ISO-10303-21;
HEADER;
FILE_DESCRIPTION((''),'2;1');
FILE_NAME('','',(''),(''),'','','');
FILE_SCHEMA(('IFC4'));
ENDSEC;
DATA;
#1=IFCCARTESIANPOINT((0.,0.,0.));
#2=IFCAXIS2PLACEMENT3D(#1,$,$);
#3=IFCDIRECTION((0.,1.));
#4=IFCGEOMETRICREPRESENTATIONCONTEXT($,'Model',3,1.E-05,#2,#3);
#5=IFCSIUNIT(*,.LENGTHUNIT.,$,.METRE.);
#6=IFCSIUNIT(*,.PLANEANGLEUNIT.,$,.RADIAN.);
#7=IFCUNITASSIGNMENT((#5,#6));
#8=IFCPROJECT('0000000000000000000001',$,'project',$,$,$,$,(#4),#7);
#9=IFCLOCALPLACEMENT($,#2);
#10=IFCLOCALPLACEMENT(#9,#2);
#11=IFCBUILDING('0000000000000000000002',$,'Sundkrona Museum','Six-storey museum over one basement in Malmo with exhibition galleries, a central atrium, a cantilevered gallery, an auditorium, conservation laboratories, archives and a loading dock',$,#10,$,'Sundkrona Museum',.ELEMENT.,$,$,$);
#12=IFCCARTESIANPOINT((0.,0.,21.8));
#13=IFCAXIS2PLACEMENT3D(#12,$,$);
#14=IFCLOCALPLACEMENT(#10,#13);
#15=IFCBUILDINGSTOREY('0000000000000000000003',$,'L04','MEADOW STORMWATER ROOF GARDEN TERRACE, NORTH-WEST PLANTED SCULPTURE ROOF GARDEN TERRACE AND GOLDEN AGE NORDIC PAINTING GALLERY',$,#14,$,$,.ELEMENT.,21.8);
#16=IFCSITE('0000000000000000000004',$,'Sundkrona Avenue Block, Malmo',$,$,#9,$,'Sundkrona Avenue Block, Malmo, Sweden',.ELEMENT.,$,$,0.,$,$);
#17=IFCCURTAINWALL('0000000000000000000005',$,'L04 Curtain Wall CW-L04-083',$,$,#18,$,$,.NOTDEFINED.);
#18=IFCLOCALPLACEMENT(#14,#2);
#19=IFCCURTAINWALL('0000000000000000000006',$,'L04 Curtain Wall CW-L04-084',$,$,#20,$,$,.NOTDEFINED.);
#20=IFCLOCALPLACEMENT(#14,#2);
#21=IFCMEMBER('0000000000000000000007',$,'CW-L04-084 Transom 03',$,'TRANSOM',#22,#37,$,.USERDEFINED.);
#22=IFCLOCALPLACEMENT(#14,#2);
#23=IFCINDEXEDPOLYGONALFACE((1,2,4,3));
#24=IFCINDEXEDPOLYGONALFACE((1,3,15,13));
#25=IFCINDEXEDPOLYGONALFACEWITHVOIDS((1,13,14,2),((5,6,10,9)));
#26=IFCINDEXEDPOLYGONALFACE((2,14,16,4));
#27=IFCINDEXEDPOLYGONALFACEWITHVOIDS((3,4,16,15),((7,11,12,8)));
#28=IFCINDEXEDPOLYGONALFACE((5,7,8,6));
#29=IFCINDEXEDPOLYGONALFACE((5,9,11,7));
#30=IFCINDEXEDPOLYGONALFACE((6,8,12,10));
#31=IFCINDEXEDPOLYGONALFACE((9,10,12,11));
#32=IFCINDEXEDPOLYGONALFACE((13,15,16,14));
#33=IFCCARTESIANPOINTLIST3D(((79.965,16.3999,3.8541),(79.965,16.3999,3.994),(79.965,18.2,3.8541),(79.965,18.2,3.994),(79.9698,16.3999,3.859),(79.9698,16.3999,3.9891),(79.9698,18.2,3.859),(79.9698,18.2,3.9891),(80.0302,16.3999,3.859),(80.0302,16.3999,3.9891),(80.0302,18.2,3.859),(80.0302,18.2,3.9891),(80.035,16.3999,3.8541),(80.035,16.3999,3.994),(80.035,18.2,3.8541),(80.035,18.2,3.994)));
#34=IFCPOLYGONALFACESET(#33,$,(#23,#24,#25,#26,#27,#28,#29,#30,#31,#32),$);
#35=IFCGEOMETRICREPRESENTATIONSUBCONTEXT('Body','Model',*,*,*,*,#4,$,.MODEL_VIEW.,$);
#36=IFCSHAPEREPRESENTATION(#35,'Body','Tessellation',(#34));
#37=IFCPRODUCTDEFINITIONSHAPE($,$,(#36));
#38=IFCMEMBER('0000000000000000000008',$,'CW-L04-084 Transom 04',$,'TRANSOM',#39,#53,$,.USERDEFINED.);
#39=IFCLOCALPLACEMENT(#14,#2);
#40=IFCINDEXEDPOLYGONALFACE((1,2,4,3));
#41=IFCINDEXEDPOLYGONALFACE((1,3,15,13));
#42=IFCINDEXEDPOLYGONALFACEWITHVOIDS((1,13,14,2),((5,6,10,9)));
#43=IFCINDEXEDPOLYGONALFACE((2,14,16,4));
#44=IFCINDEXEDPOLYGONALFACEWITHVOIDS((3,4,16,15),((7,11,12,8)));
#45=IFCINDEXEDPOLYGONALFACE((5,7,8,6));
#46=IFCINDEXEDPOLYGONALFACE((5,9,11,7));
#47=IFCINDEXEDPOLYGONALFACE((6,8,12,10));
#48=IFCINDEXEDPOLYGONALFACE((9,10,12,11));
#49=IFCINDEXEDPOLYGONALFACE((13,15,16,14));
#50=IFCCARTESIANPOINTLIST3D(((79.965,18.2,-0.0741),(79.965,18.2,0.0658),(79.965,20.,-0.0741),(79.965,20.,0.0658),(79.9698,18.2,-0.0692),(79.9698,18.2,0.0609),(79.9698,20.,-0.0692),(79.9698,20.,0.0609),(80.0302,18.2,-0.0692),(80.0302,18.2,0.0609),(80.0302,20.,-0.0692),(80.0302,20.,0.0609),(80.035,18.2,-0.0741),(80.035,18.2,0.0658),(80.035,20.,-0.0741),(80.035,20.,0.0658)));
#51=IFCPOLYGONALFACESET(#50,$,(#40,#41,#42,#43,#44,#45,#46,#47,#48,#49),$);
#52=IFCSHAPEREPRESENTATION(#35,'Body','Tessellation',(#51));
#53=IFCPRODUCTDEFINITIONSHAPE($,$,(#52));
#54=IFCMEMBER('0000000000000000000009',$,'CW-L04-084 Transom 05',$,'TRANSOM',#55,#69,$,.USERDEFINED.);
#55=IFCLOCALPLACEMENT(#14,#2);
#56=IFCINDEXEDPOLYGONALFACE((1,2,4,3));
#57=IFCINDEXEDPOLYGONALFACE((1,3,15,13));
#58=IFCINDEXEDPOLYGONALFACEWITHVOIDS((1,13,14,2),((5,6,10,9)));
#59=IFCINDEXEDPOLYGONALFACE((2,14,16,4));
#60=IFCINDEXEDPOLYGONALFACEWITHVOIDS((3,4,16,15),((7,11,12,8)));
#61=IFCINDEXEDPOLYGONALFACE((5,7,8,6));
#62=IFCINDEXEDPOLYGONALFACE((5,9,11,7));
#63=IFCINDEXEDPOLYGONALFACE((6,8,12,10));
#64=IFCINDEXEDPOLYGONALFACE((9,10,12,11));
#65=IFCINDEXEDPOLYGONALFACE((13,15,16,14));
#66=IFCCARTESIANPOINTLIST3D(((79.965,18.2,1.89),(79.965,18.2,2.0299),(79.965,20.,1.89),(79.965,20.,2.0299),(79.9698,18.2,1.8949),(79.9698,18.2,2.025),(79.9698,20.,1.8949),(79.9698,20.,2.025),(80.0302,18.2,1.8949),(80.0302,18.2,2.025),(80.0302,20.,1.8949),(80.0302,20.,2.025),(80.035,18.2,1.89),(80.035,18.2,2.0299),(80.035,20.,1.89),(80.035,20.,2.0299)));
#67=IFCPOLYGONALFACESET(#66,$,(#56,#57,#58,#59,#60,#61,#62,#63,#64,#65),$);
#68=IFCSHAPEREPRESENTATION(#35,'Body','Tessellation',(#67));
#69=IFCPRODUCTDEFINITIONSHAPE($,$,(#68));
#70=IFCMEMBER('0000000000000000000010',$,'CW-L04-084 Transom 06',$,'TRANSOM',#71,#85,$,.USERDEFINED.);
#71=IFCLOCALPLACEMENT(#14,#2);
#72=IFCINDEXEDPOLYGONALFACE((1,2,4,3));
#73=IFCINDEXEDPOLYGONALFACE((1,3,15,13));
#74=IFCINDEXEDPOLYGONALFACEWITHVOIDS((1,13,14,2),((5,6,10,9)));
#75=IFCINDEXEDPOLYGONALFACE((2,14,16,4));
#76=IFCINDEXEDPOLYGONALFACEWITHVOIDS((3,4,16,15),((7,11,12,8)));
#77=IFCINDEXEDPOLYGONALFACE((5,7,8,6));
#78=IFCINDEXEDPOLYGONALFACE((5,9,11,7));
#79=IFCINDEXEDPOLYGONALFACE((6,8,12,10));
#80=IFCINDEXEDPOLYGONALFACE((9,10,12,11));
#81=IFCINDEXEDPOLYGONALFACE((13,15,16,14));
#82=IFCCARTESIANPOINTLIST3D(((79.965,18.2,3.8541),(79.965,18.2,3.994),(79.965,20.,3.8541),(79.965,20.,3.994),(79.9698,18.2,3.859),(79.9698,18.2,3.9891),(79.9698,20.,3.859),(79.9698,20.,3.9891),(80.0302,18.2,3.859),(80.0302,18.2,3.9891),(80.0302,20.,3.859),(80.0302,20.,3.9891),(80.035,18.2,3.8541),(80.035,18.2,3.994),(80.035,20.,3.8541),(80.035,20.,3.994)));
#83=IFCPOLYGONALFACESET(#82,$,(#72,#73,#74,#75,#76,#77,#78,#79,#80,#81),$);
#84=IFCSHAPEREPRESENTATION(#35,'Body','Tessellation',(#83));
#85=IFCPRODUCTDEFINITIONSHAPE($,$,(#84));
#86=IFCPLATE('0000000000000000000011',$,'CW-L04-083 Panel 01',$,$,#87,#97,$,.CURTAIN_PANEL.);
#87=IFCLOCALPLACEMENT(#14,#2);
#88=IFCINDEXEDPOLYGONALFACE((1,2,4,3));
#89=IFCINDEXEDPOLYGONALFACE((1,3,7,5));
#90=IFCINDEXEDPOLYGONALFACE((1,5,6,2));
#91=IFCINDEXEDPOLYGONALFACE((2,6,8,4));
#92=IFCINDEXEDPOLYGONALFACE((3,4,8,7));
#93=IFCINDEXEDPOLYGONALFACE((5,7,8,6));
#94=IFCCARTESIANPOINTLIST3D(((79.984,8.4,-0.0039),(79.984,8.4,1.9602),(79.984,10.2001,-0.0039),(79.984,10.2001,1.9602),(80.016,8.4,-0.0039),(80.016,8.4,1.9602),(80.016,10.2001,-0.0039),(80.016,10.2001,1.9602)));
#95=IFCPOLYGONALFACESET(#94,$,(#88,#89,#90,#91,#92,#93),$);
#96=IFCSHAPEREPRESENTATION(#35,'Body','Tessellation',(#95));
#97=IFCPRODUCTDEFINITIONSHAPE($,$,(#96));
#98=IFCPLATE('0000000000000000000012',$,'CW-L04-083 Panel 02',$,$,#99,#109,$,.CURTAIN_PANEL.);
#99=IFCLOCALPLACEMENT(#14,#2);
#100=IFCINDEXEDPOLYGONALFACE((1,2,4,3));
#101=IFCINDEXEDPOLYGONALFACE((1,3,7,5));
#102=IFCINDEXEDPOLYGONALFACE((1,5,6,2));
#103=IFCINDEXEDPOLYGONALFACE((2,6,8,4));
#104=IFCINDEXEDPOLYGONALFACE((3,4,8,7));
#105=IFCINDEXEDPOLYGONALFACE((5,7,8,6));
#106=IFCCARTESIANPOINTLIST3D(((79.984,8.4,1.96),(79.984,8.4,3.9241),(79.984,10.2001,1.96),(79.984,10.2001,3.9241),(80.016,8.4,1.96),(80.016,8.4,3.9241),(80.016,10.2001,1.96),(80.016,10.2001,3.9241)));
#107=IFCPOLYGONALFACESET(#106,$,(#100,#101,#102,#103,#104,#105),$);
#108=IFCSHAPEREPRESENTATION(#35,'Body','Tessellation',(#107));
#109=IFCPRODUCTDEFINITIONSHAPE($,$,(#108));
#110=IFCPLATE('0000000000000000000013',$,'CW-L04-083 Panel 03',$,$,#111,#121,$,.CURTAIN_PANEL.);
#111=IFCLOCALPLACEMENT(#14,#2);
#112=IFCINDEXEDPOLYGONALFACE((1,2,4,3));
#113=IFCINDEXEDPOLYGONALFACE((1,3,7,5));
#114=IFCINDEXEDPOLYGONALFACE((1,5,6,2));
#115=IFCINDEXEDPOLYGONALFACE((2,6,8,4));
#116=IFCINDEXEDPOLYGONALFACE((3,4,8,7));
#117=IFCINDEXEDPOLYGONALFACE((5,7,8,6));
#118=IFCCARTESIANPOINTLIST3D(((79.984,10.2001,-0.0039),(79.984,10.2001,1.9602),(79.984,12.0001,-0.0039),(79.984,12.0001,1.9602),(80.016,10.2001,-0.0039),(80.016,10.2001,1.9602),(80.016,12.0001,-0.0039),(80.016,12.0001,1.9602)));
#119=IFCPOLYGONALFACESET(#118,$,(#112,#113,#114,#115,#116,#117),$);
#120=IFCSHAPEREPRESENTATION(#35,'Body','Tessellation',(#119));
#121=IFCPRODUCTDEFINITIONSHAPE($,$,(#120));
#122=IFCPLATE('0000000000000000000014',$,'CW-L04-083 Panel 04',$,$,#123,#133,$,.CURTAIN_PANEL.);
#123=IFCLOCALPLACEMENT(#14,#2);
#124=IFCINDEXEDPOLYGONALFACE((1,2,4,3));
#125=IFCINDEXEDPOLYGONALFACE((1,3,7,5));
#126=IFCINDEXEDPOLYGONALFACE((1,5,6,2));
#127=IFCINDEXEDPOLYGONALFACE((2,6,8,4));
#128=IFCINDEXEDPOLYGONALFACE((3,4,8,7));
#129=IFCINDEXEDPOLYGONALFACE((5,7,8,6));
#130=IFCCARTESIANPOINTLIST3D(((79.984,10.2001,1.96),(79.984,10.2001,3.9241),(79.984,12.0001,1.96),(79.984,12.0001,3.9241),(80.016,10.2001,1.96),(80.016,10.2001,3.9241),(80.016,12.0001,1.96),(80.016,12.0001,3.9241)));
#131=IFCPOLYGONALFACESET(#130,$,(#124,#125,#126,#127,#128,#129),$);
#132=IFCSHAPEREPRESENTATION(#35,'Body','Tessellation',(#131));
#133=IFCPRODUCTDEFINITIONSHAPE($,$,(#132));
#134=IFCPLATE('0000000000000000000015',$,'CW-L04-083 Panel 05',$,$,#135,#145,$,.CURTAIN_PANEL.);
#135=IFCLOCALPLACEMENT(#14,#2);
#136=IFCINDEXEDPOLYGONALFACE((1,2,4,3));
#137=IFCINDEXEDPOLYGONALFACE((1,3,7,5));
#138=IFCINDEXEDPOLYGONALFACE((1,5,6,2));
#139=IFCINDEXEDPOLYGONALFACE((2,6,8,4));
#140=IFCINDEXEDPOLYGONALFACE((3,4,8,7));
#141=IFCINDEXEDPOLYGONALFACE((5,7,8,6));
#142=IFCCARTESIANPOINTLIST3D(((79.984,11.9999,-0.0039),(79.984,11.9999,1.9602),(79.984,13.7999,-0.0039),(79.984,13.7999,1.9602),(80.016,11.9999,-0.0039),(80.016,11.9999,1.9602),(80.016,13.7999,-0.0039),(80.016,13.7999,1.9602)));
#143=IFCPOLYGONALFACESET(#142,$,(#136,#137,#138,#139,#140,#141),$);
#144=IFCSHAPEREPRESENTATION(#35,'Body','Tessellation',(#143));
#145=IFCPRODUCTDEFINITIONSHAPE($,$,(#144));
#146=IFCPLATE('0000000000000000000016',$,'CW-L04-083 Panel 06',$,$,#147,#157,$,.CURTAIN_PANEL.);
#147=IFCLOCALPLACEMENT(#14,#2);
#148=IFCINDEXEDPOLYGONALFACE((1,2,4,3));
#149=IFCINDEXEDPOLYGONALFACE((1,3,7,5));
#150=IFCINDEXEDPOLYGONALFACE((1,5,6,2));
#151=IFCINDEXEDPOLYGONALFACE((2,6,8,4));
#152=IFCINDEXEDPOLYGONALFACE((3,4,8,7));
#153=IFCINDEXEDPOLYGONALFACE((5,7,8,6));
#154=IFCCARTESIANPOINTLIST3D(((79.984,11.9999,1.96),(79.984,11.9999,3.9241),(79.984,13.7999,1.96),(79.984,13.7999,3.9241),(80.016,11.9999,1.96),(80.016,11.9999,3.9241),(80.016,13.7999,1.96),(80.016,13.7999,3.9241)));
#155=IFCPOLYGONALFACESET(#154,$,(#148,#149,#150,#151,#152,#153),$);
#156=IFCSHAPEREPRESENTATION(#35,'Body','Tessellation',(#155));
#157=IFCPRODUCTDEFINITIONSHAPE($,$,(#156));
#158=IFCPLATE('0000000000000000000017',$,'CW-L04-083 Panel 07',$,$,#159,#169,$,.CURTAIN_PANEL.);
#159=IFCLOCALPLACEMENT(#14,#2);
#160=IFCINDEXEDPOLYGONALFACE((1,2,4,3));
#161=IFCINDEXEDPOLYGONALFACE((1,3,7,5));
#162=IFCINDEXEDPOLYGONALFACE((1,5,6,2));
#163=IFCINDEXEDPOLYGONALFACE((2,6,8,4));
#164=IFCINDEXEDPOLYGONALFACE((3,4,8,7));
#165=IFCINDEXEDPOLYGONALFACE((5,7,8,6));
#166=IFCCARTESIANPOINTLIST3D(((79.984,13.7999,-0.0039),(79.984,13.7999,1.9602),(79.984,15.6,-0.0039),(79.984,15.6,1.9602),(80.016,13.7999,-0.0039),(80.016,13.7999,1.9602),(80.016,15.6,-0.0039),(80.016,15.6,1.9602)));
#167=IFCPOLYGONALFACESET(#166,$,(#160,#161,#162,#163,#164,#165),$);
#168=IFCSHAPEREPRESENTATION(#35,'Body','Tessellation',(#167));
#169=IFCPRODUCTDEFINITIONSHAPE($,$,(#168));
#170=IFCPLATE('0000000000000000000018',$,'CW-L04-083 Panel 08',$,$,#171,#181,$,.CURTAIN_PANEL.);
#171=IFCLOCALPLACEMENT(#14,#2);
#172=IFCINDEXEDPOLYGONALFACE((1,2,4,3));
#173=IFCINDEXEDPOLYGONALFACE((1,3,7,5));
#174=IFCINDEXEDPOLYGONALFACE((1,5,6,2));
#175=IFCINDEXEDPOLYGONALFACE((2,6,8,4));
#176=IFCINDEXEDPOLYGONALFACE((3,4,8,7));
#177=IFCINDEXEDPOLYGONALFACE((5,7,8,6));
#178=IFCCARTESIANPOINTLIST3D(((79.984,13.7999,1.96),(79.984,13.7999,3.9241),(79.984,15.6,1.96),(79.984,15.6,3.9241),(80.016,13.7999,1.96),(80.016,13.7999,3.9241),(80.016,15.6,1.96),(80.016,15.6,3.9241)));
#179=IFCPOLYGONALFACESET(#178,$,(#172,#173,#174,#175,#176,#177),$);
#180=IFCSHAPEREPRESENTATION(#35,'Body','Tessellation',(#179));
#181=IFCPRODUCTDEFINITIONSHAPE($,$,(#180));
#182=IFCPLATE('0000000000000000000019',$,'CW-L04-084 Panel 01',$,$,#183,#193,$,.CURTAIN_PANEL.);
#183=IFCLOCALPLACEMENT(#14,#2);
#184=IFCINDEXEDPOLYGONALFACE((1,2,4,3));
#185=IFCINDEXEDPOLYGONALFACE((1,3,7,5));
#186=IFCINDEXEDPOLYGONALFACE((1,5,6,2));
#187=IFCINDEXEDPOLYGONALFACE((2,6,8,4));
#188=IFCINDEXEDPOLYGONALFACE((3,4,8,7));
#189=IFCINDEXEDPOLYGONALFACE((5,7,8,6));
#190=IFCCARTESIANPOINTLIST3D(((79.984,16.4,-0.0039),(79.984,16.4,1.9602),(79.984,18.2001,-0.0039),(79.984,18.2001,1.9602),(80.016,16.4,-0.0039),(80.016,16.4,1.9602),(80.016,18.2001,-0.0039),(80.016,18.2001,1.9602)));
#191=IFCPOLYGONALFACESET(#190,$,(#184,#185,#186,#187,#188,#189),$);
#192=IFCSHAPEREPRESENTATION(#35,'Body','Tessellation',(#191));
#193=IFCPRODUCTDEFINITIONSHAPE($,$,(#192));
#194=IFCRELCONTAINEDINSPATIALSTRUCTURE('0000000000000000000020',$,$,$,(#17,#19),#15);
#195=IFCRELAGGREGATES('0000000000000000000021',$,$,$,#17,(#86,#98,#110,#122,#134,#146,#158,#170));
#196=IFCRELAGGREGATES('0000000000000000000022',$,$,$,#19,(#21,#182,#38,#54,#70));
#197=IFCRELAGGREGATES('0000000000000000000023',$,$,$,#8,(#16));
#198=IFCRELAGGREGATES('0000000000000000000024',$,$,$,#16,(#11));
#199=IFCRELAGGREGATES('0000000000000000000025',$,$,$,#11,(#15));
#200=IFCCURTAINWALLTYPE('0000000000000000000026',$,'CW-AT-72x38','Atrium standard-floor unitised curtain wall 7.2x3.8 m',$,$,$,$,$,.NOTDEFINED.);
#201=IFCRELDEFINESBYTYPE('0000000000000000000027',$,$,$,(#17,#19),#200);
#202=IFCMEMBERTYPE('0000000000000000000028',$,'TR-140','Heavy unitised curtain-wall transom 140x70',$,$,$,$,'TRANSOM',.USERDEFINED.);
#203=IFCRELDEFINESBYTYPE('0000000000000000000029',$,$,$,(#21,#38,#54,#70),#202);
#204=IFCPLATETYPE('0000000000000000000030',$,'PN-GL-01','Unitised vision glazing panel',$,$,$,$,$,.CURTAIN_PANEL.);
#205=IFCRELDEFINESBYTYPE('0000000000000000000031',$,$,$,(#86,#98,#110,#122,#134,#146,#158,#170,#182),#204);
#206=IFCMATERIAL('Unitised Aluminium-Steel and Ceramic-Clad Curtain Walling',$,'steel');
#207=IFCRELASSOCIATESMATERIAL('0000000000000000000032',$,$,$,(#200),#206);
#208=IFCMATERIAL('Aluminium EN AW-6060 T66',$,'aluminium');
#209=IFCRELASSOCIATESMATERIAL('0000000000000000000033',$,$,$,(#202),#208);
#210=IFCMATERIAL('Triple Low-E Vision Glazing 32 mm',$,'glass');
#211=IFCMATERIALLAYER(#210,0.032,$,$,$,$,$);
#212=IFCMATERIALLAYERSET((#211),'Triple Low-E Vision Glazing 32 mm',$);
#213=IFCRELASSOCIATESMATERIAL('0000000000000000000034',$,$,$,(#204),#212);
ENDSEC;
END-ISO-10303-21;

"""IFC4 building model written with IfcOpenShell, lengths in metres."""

from ifc_helpers import new_model, si_unit, direction, frame, origin, origin_2d, place, context, subcontext, project, spatial, rectangle, hollow_rectangle, extrude, material, layer, layer_set, material_profile, profile_set, type_object, element, aggregate, save


model = new_model("IFC4")

# Units and contexts
model_context = context("Model", 3, precision=1e-05, world=origin(), true_north=direction((0.0, 1.0)))
body_context = subcontext(model_context, "Body", "Model", "MODEL_VIEW")
ifc_project = project(units=[si_unit("LENGTHUNIT", "METRE"), si_unit("PLANEANGLEUNIT", "RADIAN")], contexts=[model_context])

# Site, building, storey
site_placement = place(None, origin())
site = spatial("IfcSite", under=ifc_project, at=site_placement, Name="Sundkrona Avenue Block, Malmo", LongName="Sundkrona Avenue Block, Malmo, Sweden", CompositionType="ELEMENT", RefElevation=0.0)
building_placement = place(site_placement, origin())
building = spatial("IfcBuilding", under=site, at=building_placement, Name="Sundkrona Museum", Description="Six-storey museum over one basement in Malmo with exhibition galleries, a central atrium, a cantilevered gallery, an auditorium, conservation laboratories, archives and a loading dock", LongName="Sundkrona Museum", CompositionType="ELEMENT")
storey_placement = place(building_placement, frame((0.0, 0.0, 21.8)))
storey = spatial("IfcBuildingStorey", under=building, at=storey_placement, Name="L04", Description="MEADOW STORMWATER ROOF GARDEN TERRACE, NORTH-WEST PLANTED SCULPTURE ROOF GARDEN TERRACE AND GOLDEN AGE NORDIC PAINTING GALLERY", CompositionType="ELEMENT", Elevation=21.8)

# Curtain walls
ifc_material_1 = material(Name="Unitised Aluminium-Steel and Ceramic-Clad Curtain Walling", Category="steel")
curtain_wall_type = type_object("IfcCurtainWallType", Name="CW-AT-72x38", Description="Atrium standard-floor unitised curtain wall 7.2x3.8 m", PredefinedType="NOTDEFINED", material=ifc_material_1)
curtain_wall_1_placement = place(storey_placement, origin())
curtain_wall_1 = element("IfcCurtainWall", 1, at=curtain_wall_1_placement, inside=storey, type_object=curtain_wall_type, Name="L04 Curtain Wall CW-L04-083", PredefinedType="NOTDEFINED")
ifc_material_2 = material(Name="Aluminium EN AW-6060 T66", Category="aluminium")
curtain_wall_2_placement = place(storey_placement, origin())
curtain_wall_2 = element("IfcCurtainWall", 2, at=curtain_wall_2_placement, inside=storey, type_object=curtain_wall_type, Name="L04 Curtain Wall CW-L04-084", PredefinedType="NOTDEFINED")

# Members
ifc_material_profile_1 = material_profile(ifc_material_2, hollow_rectangle(XDim=0.0701, YDim=0.1399, WallThickness=0.0049, at=origin_2d()), Name="RHS 140x70x5.0")
ifc_profile_set_1 = profile_set([ifc_material_profile_1], Name="Aluminium EN AW-6060 T66")
member_type_1 = type_object("IfcMemberType", Name="TR-140", Description="Heavy unitised curtain-wall transom 140x70", ElementType="TRANSOM", PredefinedType="USERDEFINED", material=ifc_profile_set_1)
member_1_placement = place(storey_placement, frame((80.0, 16.3999, 3.9241), z_axis=(0.0, 1.0, 0.0), x_axis=(-1.0, 0.0, 0.0)))
member_1 = element("IfcMember", 3, at=member_1_placement, type_object=member_type_1, Name="CW-L04-084 Transom 03", ObjectType="TRANSOM", PredefinedType="USERDEFINED", context=body_context, shape_type="SweptSolid", body=[
    extrude(hollow_rectangle(XDim=0.0701, YDim=0.1399, WallThickness=0.0049, at=origin_2d()), origin(), (0.0, 0.0, 1.0), 1.8),
])
member_2_placement = place(storey_placement, frame((80.0, 18.2, -0.0042), z_axis=(0.0, 1.0, 0.0), x_axis=(-1.0, 0.0, 0.0)))
member_2 = element("IfcMember", 4, at=member_2_placement, type_object=member_type_1, Name="CW-L04-084 Transom 04", ObjectType="TRANSOM", PredefinedType="USERDEFINED", context=body_context, shape_type="SweptSolid", body=[
    extrude(hollow_rectangle(XDim=0.0701, YDim=0.1399, WallThickness=0.0049, at=origin_2d()), origin(), (0.0, 0.0, 1.0), 1.8),
])
member_3_placement = place(storey_placement, frame((80.0, 18.2, 1.96), z_axis=(0.0, 1.0, 0.0), x_axis=(-1.0, 0.0, 0.0)))
member_3 = element("IfcMember", 5, at=member_3_placement, type_object=member_type_1, Name="CW-L04-084 Transom 05", ObjectType="TRANSOM", PredefinedType="USERDEFINED", context=body_context, shape_type="SweptSolid", body=[
    extrude(hollow_rectangle(XDim=0.0701, YDim=0.1399, WallThickness=0.0049, at=origin_2d()), origin(), (0.0, 0.0, 1.0), 1.8),
])
member_4_placement = place(storey_placement, frame((80.0, 18.2, 3.9241), z_axis=(0.0, 1.0, 0.0), x_axis=(-1.0, 0.0, 0.0)))
member_4 = element("IfcMember", 6, at=member_4_placement, type_object=member_type_1, Name="CW-L04-084 Transom 06", ObjectType="TRANSOM", PredefinedType="USERDEFINED", context=body_context, shape_type="SweptSolid", body=[
    extrude(hollow_rectangle(XDim=0.0701, YDim=0.1399, WallThickness=0.0049, at=origin_2d()), origin(), (0.0, 0.0, 1.0), 1.8),
])

# Plates
ifc_material_3 = material(Name="Triple Low-E Vision Glazing 32 mm", Category="glass")
ifc_layer = layer(ifc_material_3, 0.032)
ifc_layer_set = layer_set([ifc_layer], Name="Triple Low-E Vision Glazing 32 mm")
plate_type = type_object("IfcPlateType", Name="PN-GL-01", Description="Unitised vision glazing panel", PredefinedType="CURTAIN_PANEL", material=ifc_layer_set)
plate_1_placement = place(storey_placement, frame((80.0, 9.3, -0.0039), z_axis=(0.0, 0.0, 1.0), x_axis=(0.0, 1.0, 0.0)))
plate_1 = element("IfcPlate", 7, at=plate_1_placement, type_object=plate_type, Name="CW-L04-083 Panel 01", PredefinedType="CURTAIN_PANEL", context=body_context, shape_type="SweptSolid", body=[
    extrude(rectangle(XDim=1.8, YDim=0.032, at=origin_2d()), origin(), (0.0, 0.0, 1.0), 1.9641),
])
plate_2_placement = place(storey_placement, frame((80.0, 9.3, 1.96), z_axis=(0.0, 0.0, 1.0), x_axis=(0.0, 1.0, 0.0)))
plate_2 = element("IfcPlate", 8, at=plate_2_placement, type_object=plate_type, Name="CW-L04-083 Panel 02", PredefinedType="CURTAIN_PANEL", context=body_context, shape_type="SweptSolid", body=[
    extrude(rectangle(XDim=1.8, YDim=0.032, at=origin_2d()), origin(), (0.0, 0.0, 1.0), 1.9641),
])
plate_3_placement = place(storey_placement, frame((80.0, 11.1001, -0.0039), z_axis=(0.0, 0.0, 1.0), x_axis=(0.0, 1.0, 0.0)))
plate_3 = element("IfcPlate", 9, at=plate_3_placement, type_object=plate_type, Name="CW-L04-083 Panel 03", PredefinedType="CURTAIN_PANEL", context=body_context, shape_type="SweptSolid", body=[
    extrude(rectangle(XDim=1.8, YDim=0.032, at=origin_2d()), origin(), (0.0, 0.0, 1.0), 1.9641),
])
plate_4_placement = place(storey_placement, frame((80.0, 11.1001, 1.96), z_axis=(0.0, 0.0, 1.0), x_axis=(0.0, 1.0, 0.0)))
plate_4 = element("IfcPlate", 10, at=plate_4_placement, type_object=plate_type, Name="CW-L04-083 Panel 04", PredefinedType="CURTAIN_PANEL", context=body_context, shape_type="SweptSolid", body=[
    extrude(rectangle(XDim=1.8, YDim=0.032, at=origin_2d()), origin(), (0.0, 0.0, 1.0), 1.9641),
])
plate_5_placement = place(storey_placement, frame((80.0, 12.8999, -0.0039), z_axis=(0.0, 0.0, 1.0), x_axis=(0.0, 1.0, 0.0)))
plate_5 = element("IfcPlate", 11, at=plate_5_placement, type_object=plate_type, Name="CW-L04-083 Panel 05", PredefinedType="CURTAIN_PANEL", context=body_context, shape_type="SweptSolid", body=[
    extrude(rectangle(XDim=1.8, YDim=0.032, at=origin_2d()), origin(), (0.0, 0.0, 1.0), 1.9641),
])
plate_6_placement = place(storey_placement, frame((80.0, 12.8999, 1.96), z_axis=(0.0, 0.0, 1.0), x_axis=(0.0, 1.0, 0.0)))
plate_6 = element("IfcPlate", 12, at=plate_6_placement, type_object=plate_type, Name="CW-L04-083 Panel 06", PredefinedType="CURTAIN_PANEL", context=body_context, shape_type="SweptSolid", body=[
    extrude(rectangle(XDim=1.8, YDim=0.032, at=origin_2d()), origin(), (0.0, 0.0, 1.0), 1.9641),
])
plate_7_placement = place(storey_placement, frame((80.0, 14.7, -0.0039), z_axis=(0.0, 0.0, 1.0), x_axis=(0.0, 1.0, 0.0)))
plate_7 = element("IfcPlate", 13, at=plate_7_placement, type_object=plate_type, Name="CW-L04-083 Panel 07", PredefinedType="CURTAIN_PANEL", context=body_context, shape_type="SweptSolid", body=[
    extrude(rectangle(XDim=1.8, YDim=0.032, at=origin_2d()), origin(), (0.0, 0.0, 1.0), 1.9641),
])
plate_8_placement = place(storey_placement, frame((80.0, 14.7, 1.96), z_axis=(0.0, 0.0, 1.0), x_axis=(0.0, 1.0, 0.0)))
plate_8 = element("IfcPlate", 14, at=plate_8_placement, type_object=plate_type, Name="CW-L04-083 Panel 08", PredefinedType="CURTAIN_PANEL", context=body_context, shape_type="SweptSolid", body=[
    extrude(rectangle(XDim=1.8, YDim=0.032, at=origin_2d()), origin(), (0.0, 0.0, 1.0), 1.9641),
])
aggregate(curtain_wall_1, [plate_1, plate_2, plate_3, plate_4, plate_5, plate_6, plate_7, plate_8])
plate_9_placement = place(storey_placement, frame((80.0, 17.3, -0.0039), z_axis=(0.0, 0.0, 1.0), x_axis=(0.0, 1.0, 0.0)))
plate_9 = element("IfcPlate", 15, at=plate_9_placement, type_object=plate_type, Name="CW-L04-084 Panel 01", PredefinedType="CURTAIN_PANEL", context=body_context, shape_type="SweptSolid", body=[
    extrude(rectangle(XDim=1.8, YDim=0.032, at=origin_2d()), origin(), (0.0, 0.0, 1.0), 1.9641),
])
aggregate(curtain_wall_2, [member_1, plate_9, member_2, member_3, member_4])

save(model, "model.ifc")
